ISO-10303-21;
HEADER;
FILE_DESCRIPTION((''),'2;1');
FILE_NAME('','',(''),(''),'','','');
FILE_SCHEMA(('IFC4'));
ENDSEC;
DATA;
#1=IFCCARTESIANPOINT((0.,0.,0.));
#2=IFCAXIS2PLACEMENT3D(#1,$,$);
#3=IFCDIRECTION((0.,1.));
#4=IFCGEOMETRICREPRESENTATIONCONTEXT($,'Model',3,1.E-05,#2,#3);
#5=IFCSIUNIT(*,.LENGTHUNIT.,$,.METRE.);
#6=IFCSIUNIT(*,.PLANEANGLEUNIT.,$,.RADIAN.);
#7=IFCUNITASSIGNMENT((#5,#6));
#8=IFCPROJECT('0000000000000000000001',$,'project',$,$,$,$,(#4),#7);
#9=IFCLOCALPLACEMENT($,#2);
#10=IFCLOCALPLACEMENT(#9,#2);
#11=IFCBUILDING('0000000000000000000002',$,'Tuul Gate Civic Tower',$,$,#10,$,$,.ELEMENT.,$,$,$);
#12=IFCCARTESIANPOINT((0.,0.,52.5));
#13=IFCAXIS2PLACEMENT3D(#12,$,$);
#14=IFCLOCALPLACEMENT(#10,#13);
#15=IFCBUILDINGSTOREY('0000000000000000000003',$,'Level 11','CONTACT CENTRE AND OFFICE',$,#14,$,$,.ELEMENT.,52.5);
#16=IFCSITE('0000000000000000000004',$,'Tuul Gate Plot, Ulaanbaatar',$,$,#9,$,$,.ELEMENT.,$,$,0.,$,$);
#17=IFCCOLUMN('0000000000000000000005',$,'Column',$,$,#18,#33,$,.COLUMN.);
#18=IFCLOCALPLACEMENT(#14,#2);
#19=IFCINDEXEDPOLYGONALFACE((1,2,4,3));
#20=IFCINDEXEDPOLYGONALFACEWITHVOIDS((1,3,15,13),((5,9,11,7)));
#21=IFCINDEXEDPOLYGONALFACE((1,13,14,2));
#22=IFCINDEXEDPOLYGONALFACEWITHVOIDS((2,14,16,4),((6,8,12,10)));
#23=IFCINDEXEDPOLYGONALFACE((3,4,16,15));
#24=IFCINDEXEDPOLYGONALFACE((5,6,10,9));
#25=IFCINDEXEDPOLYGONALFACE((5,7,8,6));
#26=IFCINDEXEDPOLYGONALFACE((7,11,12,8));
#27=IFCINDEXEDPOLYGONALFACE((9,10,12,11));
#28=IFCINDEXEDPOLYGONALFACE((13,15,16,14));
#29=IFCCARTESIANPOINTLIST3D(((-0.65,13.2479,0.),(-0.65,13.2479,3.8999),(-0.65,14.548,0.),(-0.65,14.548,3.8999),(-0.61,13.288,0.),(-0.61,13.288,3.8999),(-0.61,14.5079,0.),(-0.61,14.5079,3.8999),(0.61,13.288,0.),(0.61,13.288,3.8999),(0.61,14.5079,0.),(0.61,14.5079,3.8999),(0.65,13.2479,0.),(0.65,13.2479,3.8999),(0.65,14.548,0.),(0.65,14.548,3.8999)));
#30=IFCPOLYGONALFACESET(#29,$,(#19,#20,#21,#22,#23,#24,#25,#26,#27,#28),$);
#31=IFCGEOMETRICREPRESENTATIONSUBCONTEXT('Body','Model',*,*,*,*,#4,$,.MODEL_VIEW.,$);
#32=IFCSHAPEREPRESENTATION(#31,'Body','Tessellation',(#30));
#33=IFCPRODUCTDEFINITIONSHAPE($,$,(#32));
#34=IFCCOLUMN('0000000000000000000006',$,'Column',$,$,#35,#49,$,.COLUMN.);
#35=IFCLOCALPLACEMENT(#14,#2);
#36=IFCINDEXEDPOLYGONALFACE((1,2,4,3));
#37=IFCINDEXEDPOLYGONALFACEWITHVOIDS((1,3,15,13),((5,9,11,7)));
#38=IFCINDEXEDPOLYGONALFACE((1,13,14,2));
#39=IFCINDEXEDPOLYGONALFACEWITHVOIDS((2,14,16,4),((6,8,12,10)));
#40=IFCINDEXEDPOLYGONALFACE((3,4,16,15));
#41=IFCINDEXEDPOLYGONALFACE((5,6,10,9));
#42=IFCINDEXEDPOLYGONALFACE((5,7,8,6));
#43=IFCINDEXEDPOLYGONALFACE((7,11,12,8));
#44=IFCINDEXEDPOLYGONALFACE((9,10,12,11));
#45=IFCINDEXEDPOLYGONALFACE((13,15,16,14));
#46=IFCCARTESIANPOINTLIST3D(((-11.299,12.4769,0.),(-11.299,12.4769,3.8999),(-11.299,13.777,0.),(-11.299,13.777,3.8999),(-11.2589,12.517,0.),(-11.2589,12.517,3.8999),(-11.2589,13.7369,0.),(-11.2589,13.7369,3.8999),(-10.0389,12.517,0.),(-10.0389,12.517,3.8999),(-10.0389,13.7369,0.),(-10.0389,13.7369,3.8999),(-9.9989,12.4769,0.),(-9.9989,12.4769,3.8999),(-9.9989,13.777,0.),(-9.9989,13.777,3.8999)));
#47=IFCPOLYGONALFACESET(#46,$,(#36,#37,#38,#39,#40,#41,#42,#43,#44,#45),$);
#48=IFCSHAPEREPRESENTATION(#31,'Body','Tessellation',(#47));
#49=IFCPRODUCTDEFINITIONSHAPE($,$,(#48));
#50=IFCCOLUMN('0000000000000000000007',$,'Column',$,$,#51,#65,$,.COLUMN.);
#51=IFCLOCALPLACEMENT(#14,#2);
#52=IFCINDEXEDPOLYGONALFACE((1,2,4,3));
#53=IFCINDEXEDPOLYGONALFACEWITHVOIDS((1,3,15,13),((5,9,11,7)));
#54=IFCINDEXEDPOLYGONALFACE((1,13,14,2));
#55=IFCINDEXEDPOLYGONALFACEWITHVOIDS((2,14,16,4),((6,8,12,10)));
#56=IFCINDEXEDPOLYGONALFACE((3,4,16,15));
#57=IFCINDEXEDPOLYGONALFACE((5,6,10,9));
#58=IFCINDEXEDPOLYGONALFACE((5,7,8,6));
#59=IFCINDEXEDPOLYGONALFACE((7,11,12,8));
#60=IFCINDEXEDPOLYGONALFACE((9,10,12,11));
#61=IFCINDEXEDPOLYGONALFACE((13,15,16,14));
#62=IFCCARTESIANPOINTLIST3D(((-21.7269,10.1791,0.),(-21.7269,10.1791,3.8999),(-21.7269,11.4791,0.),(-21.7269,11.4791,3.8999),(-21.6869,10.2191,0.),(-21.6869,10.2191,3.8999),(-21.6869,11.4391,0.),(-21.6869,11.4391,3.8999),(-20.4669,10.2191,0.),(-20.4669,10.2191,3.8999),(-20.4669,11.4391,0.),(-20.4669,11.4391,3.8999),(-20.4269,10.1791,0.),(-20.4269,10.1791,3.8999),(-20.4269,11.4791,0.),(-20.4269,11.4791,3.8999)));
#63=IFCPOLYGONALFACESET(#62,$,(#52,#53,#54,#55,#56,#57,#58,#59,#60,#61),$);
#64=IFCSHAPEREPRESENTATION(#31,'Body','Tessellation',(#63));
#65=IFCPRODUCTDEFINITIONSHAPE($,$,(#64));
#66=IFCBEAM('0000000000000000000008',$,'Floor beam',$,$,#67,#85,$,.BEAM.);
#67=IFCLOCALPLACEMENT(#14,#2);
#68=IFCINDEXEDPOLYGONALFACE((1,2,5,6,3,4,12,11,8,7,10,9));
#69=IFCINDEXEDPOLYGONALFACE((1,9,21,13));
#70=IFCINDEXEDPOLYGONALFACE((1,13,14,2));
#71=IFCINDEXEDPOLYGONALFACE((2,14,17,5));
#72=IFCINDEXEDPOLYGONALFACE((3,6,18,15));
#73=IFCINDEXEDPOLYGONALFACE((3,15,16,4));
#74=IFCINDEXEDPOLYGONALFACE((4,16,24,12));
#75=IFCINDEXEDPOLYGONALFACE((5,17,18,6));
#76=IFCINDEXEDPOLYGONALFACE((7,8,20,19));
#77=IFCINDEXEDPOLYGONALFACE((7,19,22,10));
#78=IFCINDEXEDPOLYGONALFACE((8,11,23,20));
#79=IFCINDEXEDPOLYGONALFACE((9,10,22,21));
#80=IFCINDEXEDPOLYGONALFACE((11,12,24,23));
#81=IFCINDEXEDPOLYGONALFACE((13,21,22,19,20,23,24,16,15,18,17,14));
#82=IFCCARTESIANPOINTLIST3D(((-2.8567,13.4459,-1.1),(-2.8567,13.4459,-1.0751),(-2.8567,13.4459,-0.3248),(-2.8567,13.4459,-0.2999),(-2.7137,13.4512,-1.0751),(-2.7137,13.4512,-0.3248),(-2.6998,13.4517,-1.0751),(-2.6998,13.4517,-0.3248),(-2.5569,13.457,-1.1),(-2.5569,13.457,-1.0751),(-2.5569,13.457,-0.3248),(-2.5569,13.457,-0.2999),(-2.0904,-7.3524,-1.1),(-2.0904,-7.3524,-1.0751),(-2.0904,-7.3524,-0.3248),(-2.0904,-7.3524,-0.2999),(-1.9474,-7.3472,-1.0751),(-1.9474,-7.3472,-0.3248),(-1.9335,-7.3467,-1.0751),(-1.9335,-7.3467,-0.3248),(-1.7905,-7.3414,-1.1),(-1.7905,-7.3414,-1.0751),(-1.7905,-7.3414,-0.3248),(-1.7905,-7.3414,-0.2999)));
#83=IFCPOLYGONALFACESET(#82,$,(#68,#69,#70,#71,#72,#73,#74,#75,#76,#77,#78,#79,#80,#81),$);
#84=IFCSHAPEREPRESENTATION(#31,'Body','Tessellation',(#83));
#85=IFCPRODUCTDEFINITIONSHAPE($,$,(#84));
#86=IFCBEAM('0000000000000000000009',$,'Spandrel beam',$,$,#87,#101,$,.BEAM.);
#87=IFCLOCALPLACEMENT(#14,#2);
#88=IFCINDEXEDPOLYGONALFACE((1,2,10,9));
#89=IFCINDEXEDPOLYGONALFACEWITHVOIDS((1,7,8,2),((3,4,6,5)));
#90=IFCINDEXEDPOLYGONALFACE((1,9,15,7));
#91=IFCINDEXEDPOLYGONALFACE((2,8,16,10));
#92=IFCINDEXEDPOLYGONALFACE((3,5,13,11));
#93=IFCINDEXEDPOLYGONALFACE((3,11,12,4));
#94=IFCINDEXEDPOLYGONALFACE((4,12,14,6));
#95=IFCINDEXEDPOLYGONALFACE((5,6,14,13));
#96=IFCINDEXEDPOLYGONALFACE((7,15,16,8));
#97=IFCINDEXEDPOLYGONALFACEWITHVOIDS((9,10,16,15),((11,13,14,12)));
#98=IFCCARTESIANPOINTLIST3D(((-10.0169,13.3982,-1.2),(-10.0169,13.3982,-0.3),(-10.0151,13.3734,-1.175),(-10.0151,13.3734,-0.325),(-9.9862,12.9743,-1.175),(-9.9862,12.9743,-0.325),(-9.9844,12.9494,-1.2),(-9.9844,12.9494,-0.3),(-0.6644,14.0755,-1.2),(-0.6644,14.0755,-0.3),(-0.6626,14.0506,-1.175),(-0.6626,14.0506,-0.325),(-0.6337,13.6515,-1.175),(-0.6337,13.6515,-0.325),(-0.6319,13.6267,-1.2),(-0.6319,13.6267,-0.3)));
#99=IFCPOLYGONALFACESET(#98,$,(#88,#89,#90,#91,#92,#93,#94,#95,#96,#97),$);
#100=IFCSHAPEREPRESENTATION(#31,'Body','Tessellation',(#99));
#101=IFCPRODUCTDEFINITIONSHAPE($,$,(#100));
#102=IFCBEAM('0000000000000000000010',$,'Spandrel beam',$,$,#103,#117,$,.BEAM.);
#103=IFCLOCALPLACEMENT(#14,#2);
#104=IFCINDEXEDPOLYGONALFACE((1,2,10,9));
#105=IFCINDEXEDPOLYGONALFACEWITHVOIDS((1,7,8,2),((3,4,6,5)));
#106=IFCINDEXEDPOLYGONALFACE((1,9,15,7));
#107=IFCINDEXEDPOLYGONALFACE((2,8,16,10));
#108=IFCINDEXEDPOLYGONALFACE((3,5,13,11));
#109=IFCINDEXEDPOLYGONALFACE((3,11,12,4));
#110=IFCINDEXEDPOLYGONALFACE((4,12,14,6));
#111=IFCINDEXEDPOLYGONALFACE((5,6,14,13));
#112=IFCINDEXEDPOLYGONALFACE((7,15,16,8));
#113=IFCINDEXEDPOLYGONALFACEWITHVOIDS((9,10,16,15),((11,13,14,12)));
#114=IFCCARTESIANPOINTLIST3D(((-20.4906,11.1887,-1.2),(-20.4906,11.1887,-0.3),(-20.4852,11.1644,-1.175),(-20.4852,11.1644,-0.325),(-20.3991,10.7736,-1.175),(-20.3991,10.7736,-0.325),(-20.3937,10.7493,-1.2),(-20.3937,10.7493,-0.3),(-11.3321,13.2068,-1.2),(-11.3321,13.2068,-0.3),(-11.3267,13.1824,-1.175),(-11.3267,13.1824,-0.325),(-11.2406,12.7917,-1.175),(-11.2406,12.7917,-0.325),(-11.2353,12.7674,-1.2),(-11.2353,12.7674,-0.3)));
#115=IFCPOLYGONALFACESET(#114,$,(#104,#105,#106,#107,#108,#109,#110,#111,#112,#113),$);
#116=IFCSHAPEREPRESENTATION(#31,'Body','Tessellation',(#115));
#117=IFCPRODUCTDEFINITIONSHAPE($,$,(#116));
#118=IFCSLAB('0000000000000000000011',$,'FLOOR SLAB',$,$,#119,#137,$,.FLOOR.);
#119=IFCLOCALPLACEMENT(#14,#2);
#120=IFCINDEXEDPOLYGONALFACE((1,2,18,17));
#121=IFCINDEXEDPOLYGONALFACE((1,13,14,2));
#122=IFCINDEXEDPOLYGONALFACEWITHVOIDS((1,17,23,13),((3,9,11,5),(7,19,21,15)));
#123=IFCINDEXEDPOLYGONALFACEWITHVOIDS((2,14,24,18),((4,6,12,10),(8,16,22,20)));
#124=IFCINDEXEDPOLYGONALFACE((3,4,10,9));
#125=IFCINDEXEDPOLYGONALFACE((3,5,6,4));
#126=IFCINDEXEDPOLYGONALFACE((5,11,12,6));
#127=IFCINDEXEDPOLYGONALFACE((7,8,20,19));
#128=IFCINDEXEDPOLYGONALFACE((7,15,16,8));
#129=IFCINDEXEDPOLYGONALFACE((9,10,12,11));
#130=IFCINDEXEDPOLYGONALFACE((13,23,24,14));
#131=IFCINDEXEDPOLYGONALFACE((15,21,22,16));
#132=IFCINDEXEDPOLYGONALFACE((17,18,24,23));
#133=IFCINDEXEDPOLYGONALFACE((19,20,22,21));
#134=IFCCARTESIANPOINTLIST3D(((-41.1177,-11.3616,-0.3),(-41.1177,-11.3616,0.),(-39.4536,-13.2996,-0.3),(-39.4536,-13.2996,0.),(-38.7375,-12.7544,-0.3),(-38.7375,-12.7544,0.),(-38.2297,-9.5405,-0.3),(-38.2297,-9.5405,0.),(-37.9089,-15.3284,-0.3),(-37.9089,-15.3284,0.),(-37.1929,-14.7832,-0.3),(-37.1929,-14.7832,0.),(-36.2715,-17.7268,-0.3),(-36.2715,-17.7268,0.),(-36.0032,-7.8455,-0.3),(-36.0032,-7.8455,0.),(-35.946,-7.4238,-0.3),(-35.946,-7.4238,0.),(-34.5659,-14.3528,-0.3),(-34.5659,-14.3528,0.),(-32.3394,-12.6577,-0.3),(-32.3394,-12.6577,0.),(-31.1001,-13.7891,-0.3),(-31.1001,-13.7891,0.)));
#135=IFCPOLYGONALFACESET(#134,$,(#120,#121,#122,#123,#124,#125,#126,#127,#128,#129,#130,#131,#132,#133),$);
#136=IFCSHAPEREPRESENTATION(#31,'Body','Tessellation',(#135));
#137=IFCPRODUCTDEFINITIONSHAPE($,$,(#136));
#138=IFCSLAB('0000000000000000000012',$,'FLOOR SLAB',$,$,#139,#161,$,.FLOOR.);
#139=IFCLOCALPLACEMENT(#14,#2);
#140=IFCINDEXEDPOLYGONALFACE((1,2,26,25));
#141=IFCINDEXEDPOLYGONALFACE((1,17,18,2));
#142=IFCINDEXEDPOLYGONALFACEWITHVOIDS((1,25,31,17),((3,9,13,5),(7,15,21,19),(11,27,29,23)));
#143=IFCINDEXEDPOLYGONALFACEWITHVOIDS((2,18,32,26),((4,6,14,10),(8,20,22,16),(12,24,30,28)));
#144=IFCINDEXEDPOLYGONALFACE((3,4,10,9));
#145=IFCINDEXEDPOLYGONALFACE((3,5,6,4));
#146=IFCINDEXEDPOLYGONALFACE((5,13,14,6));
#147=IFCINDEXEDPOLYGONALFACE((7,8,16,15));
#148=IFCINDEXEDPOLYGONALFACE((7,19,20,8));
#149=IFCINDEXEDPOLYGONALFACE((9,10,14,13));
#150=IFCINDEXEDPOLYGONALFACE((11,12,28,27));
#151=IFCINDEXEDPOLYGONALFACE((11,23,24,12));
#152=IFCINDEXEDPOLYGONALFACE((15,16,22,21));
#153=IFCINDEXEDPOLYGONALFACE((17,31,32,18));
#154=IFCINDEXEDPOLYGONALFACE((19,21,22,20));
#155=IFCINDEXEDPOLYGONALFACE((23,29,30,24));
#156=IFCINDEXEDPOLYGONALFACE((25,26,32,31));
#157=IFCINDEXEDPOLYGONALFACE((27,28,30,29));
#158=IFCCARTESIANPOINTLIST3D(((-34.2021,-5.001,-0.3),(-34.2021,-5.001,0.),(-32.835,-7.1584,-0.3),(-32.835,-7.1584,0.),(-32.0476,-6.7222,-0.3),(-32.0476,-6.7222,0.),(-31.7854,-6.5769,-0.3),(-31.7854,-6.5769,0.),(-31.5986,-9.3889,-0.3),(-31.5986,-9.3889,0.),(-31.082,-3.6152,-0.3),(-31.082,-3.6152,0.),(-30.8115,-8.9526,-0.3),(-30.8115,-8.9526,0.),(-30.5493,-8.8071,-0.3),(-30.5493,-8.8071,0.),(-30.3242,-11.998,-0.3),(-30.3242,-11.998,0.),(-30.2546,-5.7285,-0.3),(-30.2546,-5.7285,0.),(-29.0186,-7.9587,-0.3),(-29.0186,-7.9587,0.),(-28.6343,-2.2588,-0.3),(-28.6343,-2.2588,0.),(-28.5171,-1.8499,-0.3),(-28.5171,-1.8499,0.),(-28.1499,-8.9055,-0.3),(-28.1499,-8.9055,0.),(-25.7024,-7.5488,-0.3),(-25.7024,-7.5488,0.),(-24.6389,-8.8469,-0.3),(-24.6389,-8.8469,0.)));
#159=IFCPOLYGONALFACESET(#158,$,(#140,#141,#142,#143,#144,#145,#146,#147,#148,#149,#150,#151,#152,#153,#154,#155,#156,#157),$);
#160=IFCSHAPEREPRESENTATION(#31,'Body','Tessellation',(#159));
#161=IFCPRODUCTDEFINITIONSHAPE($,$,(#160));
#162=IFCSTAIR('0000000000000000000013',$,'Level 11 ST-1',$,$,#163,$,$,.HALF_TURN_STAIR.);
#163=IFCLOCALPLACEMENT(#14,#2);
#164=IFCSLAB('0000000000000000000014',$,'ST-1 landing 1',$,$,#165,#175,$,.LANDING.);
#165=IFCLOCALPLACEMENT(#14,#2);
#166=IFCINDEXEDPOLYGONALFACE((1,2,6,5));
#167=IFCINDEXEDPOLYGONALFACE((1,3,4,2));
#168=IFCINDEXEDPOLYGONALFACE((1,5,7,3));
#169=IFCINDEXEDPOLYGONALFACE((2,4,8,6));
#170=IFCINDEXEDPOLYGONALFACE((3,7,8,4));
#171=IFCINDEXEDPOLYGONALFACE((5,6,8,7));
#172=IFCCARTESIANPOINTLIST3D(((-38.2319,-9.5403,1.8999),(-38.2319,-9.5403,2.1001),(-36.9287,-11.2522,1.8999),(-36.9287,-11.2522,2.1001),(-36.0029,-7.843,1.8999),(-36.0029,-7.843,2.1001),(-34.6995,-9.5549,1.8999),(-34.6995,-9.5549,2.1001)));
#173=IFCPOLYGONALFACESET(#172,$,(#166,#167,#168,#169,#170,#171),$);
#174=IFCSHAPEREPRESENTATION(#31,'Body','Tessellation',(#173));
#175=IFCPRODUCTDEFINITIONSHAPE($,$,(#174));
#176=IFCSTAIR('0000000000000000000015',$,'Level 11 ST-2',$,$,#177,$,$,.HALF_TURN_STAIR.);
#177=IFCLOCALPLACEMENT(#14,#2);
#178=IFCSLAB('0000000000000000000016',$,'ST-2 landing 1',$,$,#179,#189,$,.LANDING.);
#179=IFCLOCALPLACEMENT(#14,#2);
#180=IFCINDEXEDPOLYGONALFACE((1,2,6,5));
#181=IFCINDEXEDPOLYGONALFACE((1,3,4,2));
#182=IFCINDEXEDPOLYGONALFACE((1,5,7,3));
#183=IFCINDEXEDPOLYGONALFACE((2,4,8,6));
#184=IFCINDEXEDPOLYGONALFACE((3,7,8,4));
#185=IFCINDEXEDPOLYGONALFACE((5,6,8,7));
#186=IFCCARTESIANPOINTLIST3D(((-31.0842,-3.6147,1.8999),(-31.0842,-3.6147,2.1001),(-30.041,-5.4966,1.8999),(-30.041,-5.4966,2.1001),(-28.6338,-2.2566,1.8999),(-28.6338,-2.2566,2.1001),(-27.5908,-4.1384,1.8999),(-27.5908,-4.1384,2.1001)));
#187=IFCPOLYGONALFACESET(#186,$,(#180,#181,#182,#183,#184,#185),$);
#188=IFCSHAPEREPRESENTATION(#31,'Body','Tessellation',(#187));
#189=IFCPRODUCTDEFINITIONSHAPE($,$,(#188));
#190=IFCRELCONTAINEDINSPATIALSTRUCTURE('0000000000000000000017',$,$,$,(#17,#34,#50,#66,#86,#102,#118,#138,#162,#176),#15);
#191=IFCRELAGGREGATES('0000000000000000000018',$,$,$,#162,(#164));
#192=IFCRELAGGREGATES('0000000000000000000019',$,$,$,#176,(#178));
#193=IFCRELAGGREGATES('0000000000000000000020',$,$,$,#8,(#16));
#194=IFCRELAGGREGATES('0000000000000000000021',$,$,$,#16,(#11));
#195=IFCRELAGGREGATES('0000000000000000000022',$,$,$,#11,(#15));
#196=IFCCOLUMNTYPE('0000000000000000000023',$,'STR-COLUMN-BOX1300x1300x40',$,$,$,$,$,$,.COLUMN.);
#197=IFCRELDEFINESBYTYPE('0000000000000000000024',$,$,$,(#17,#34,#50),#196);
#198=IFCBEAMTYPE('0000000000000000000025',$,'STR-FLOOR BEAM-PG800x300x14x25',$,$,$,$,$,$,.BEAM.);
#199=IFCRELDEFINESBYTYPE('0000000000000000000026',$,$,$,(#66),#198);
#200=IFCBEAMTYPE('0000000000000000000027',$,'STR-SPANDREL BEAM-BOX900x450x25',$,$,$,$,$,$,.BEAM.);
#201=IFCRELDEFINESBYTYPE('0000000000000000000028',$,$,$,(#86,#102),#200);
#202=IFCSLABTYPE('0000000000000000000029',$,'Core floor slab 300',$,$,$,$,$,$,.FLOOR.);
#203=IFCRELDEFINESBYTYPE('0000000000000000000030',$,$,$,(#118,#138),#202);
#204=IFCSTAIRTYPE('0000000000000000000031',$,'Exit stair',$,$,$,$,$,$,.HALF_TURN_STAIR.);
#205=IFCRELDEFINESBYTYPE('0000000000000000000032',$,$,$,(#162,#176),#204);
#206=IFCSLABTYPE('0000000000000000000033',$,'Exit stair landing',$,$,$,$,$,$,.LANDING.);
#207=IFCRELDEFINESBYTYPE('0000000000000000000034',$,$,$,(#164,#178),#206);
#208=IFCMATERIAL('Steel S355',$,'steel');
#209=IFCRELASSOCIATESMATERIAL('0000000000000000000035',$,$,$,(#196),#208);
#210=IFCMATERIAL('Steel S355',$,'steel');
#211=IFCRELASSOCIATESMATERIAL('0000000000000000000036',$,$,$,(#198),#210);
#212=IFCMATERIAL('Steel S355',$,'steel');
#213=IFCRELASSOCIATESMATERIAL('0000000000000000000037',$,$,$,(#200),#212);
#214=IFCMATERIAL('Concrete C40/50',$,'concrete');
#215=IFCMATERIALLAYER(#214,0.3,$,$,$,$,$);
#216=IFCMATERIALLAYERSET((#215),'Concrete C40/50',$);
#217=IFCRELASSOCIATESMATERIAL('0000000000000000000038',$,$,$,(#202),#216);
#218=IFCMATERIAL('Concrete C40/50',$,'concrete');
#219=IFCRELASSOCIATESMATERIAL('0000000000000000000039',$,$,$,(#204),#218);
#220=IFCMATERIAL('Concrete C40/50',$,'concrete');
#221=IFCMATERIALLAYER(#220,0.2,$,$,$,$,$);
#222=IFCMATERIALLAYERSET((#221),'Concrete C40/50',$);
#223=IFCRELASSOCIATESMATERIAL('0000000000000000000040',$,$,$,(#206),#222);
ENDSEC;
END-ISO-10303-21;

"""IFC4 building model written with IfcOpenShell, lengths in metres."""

from ifc_helpers import new_model, si_unit, direction, frame, origin, origin_2d, place, context, subcontext, project, spatial, polyline, hollow_rectangle, i_section, outline, extrude, material, layer, layer_set, material_profile, profile_set, type_object, element, aggregate, save


model = new_model("IFC4")

# Units and contexts
model_context = context("Model", 3, precision=1e-05, world=origin(), true_north=direction((0.0, 1.0)))
body_context = subcontext(model_context, "Body", "Model", "MODEL_VIEW")
ifc_project = project(units=[si_unit("LENGTHUNIT", "METRE"), si_unit("PLANEANGLEUNIT", "RADIAN")], contexts=[model_context])

# Site, building, storey
site_placement = place(None, origin())
site = spatial("IfcSite", under=ifc_project, at=site_placement, Name="Tuul Gate Plot, Ulaanbaatar", CompositionType="ELEMENT", RefElevation=0.0)
building_placement = place(site_placement, origin())
building = spatial("IfcBuilding", under=site, at=building_placement, Name="Tuul Gate Civic Tower", CompositionType="ELEMENT")
storey_placement = place(building_placement, frame((0.0, 0.0, 52.5)))
storey = spatial("IfcBuildingStorey", under=building, at=storey_placement, Name="Level 11", Description="CONTACT CENTRE AND OFFICE", CompositionType="ELEMENT", Elevation=52.5)

# Columns
ifc_material_1 = material(Name="Steel S355", Category="steel")
ifc_material_profile_1 = material_profile(ifc_material_1, hollow_rectangle(XDim=1.3, YDim=1.3, WallThickness=0.04, at=origin_2d()), Name="BOX1300x1300x40")
ifc_profile_set_1 = profile_set([ifc_material_profile_1], Name="Steel S355")
column_type = type_object("IfcColumnType", Name="STR-COLUMN-BOX1300x1300x40", PredefinedType="COLUMN", material=ifc_profile_set_1)
for number, where, z_axis, x_axis, name in (
    (1, (0.0, 13.8979, 0.0), (0.0, 0.0, 1.0), (1.0, 0.0, 0.0), "Column"),
    (2, (-10.6489, 13.127, 0.0), (0.0, 0.0, 1.0), (1.0, 0.0, 0.0), "Column"),
    (3, (-21.0769, 10.8291, 0.0), (0.0, 0.0, 1.0), (1.0, 0.0, 0.0), "Column"),
):
    element("IfcColumn", number, at=place(storey_placement, frame(where, z_axis=z_axis, x_axis=x_axis)), inside=storey, type_object=column_type, Name=name, PredefinedType="COLUMN", context=body_context, shape_type="SweptSolid", body=[
        extrude(hollow_rectangle(XDim=1.3, YDim=1.3, WallThickness=0.04, at=origin_2d()), origin(), (0.0, 0.0, 1.0), 3.8999),
    ])

# Beams
ifc_material_2 = material(Name="Steel S355", Category="steel")
ifc_material_profile_2 = material_profile(ifc_material_2, i_section(OverallWidth=0.3, OverallDepth=0.8, WebThickness=0.0139, FlangeThickness=0.0249, at=origin_2d()), Name="PG800x300x14x25")
ifc_profile_set_2 = profile_set([ifc_material_profile_2], Name="Steel S355")
beam_type_1 = type_object("IfcBeamType", Name="STR-FLOOR BEAM-PG800x300x14x25", PredefinedType="BEAM", material=ifc_profile_set_2)
beam_1_placement = place(storey_placement, frame((-1.9404, -7.3469, -0.7), z_axis=(-0.036822, 0.999322, 0.0), x_axis=(-0.999322, -0.036822, 0.0)))
element("IfcBeam", 4, at=beam_1_placement, inside=storey, type_object=beam_type_1, Name="Floor beam", PredefinedType="BEAM", context=body_context, shape_type="SweptSolid", body=[
    extrude(i_section(OverallWidth=0.3, OverallDepth=0.8, WebThickness=0.0139, FlangeThickness=0.0249, at=origin_2d()), origin(), (0.0, 0.0, 1.0), 20.8125),
])
ifc_material_3 = material(Name="Steel S355", Category="steel")
ifc_material_profile_3 = material_profile(ifc_material_3, hollow_rectangle(XDim=0.45, YDim=0.8999, WallThickness=0.0249, at=origin_2d()), Name="BOX900x450x25")
ifc_profile_set_3 = profile_set([ifc_material_profile_3], Name="Steel S355")
beam_type_2 = type_object("IfcBeamType", Name="STR-SPANDREL BEAM-BOX900x450x25", PredefinedType="BEAM", material=ifc_profile_set_3)
beam_2_placement = place(storey_placement, frame((-0.6482, 13.8511, -0.75), z_axis=(-0.997388, -0.072224, 0.0), x_axis=(0.072224, -0.997388, 0.0)))
element("IfcBeam", 5, at=beam_2_placement, inside=storey, type_object=beam_type_2, Name="Spandrel beam", PredefinedType="BEAM", context=body_context, shape_type="SweptSolid", body=[
    extrude(hollow_rectangle(XDim=0.45, YDim=0.8999, WallThickness=0.0249, at=origin_2d()), origin(), (0.0, 0.0, 1.0), 9.377),
])
beam_3_placement = place(storey_placement, frame((-11.2837, 12.9871, -0.75), z_axis=(-0.976573, -0.215188, 0.0), x_axis=(0.215188, -0.976573, 0.0)))
element("IfcBeam", 6, at=beam_3_placement, inside=storey, type_object=beam_type_2, Name="Spandrel beam", PredefinedType="BEAM", context=body_context, shape_type="SweptSolid", body=[
    extrude(hollow_rectangle(XDim=0.45, YDim=0.8999, WallThickness=0.0249, at=origin_2d()), origin(), (0.0, 0.0, 1.0), 9.3782),
])

# Slabs
ifc_material_4 = material(Name="Concrete C40/50", Category="concrete")
ifc_layer_1 = layer(ifc_material_4, 0.3)
ifc_layer_set_1 = layer_set([ifc_layer_1], Name="Concrete C40/50")
slab_type_1 = type_object("IfcSlabType", Name="Core floor slab 300", PredefinedType="FLOOR", material=ifc_layer_set_1)
slab_1_placement = place(storey_placement, frame((0.0, 0.0, -0.3)))
element("IfcSlab", 7, at=slab_1_placement, inside=storey, type_object=slab_type_1, Name="FLOOR SLAB", PredefinedType="FLOOR", context=body_context, shape_type="SweptSolid", body=[
    extrude(outline(polyline([(-31.1001, -13.7891), (-35.946, -7.4238), (-41.1177, -11.3616), (-36.2715, -17.7268), (-31.1001, -13.7891)]), holes=[polyline([(-37.1929, -14.7832), (-38.7375, -12.7544), (-39.4536, -13.2996), (-37.9089, -15.3284), (-37.1929, -14.7832)]), polyline([(-32.3394, -12.6577), (-34.5659, -14.3528), (-38.2297, -9.5405), (-36.0032, -7.8455), (-32.3394, -12.6577)])]), origin(), (0.0, 0.0, 1.0), 0.3),
])
slab_2_placement = place(storey_placement, frame((0.0, 0.0, -0.3)))
element("IfcSlab", 8, at=slab_2_placement, inside=storey, type_object=slab_type_1, Name="FLOOR SLAB", PredefinedType="FLOOR", context=body_context, shape_type="SweptSolid", body=[
    extrude(outline(polyline([(-24.6389, -8.8469), (-28.5171, -1.8499), (-34.2021, -5.001), (-30.3242, -11.998), (-24.6389, -8.8469)]), holes=[polyline([(-29.0186, -7.9587), (-30.2546, -5.7285), (-31.7854, -6.5769), (-30.5493, -8.8071), (-29.0186, -7.9587)]), polyline([(-30.8115, -8.9526), (-32.0476, -6.7222), (-32.835, -7.1584), (-31.5986, -9.3889), (-30.8115, -8.9526)]), polyline([(-25.7024, -7.5488), (-28.1499, -8.9055), (-31.082, -3.6152), (-28.6343, -2.2588), (-25.7024, -7.5488)])]), origin(), (0.0, 0.0, 1.0), 0.3),
])

# Stairs, slabs
ifc_material_5 = material(Name="Concrete C40/50", Category="concrete")
stair_type = type_object("IfcStairType", Name="Exit stair", PredefinedType="HALF_TURN_STAIR", material=ifc_material_5)
stair_1_placement = place(storey_placement, origin())
stair_1 = element("IfcStair", 9, at=stair_1_placement, inside=storey, type_object=stair_type, Name="Level 11 ST-1", PredefinedType="HALF_TURN_STAIR")
ifc_material_6 = material(Name="Concrete C40/50", Category="concrete")
ifc_layer_2 = layer(ifc_material_6, 0.2)
ifc_layer_set_2 = layer_set([ifc_layer_2], Name="Concrete C40/50")
slab_type_2 = type_object("IfcSlabType", Name="Exit stair landing", PredefinedType="LANDING", material=ifc_layer_set_2)
slab_3_placement = place(storey_placement, frame((0.0, 0.0, 1.8999)))
slab_3 = element("IfcSlab", 10, at=slab_3_placement, type_object=slab_type_2, Name="ST-1 landing 1", PredefinedType="LANDING", context=body_context, shape_type="SweptSolid", body=[
    extrude(outline(polyline([(-34.6995, -9.5549), (-36.9287, -11.2522), (-38.2319, -9.5403), (-36.0029, -7.843), (-34.6995, -9.5549)])), origin(), (0.0, 0.0, 1.0), 0.2002),
])
aggregate(stair_1, [slab_3])
stair_2_placement = place(storey_placement, origin())
stair_2 = element("IfcStair", 11, at=stair_2_placement, inside=storey, type_object=stair_type, Name="Level 11 ST-2", PredefinedType="HALF_TURN_STAIR")
slab_4_placement = place(storey_placement, frame((0.0, 0.0, 1.8999)))
slab_4 = element("IfcSlab", 12, at=slab_4_placement, type_object=slab_type_2, Name="ST-2 landing 1", PredefinedType="LANDING", context=body_context, shape_type="SweptSolid", body=[
    extrude(outline(polyline([(-27.5908, -4.1384), (-30.041, -5.4966), (-31.0842, -3.6147), (-28.6338, -2.2566), (-27.5908, -4.1384)])), origin(), (0.0, 0.0, 1.0), 0.2002),
])
aggregate(stair_2, [slab_4])

save(model, "model.ifc")
